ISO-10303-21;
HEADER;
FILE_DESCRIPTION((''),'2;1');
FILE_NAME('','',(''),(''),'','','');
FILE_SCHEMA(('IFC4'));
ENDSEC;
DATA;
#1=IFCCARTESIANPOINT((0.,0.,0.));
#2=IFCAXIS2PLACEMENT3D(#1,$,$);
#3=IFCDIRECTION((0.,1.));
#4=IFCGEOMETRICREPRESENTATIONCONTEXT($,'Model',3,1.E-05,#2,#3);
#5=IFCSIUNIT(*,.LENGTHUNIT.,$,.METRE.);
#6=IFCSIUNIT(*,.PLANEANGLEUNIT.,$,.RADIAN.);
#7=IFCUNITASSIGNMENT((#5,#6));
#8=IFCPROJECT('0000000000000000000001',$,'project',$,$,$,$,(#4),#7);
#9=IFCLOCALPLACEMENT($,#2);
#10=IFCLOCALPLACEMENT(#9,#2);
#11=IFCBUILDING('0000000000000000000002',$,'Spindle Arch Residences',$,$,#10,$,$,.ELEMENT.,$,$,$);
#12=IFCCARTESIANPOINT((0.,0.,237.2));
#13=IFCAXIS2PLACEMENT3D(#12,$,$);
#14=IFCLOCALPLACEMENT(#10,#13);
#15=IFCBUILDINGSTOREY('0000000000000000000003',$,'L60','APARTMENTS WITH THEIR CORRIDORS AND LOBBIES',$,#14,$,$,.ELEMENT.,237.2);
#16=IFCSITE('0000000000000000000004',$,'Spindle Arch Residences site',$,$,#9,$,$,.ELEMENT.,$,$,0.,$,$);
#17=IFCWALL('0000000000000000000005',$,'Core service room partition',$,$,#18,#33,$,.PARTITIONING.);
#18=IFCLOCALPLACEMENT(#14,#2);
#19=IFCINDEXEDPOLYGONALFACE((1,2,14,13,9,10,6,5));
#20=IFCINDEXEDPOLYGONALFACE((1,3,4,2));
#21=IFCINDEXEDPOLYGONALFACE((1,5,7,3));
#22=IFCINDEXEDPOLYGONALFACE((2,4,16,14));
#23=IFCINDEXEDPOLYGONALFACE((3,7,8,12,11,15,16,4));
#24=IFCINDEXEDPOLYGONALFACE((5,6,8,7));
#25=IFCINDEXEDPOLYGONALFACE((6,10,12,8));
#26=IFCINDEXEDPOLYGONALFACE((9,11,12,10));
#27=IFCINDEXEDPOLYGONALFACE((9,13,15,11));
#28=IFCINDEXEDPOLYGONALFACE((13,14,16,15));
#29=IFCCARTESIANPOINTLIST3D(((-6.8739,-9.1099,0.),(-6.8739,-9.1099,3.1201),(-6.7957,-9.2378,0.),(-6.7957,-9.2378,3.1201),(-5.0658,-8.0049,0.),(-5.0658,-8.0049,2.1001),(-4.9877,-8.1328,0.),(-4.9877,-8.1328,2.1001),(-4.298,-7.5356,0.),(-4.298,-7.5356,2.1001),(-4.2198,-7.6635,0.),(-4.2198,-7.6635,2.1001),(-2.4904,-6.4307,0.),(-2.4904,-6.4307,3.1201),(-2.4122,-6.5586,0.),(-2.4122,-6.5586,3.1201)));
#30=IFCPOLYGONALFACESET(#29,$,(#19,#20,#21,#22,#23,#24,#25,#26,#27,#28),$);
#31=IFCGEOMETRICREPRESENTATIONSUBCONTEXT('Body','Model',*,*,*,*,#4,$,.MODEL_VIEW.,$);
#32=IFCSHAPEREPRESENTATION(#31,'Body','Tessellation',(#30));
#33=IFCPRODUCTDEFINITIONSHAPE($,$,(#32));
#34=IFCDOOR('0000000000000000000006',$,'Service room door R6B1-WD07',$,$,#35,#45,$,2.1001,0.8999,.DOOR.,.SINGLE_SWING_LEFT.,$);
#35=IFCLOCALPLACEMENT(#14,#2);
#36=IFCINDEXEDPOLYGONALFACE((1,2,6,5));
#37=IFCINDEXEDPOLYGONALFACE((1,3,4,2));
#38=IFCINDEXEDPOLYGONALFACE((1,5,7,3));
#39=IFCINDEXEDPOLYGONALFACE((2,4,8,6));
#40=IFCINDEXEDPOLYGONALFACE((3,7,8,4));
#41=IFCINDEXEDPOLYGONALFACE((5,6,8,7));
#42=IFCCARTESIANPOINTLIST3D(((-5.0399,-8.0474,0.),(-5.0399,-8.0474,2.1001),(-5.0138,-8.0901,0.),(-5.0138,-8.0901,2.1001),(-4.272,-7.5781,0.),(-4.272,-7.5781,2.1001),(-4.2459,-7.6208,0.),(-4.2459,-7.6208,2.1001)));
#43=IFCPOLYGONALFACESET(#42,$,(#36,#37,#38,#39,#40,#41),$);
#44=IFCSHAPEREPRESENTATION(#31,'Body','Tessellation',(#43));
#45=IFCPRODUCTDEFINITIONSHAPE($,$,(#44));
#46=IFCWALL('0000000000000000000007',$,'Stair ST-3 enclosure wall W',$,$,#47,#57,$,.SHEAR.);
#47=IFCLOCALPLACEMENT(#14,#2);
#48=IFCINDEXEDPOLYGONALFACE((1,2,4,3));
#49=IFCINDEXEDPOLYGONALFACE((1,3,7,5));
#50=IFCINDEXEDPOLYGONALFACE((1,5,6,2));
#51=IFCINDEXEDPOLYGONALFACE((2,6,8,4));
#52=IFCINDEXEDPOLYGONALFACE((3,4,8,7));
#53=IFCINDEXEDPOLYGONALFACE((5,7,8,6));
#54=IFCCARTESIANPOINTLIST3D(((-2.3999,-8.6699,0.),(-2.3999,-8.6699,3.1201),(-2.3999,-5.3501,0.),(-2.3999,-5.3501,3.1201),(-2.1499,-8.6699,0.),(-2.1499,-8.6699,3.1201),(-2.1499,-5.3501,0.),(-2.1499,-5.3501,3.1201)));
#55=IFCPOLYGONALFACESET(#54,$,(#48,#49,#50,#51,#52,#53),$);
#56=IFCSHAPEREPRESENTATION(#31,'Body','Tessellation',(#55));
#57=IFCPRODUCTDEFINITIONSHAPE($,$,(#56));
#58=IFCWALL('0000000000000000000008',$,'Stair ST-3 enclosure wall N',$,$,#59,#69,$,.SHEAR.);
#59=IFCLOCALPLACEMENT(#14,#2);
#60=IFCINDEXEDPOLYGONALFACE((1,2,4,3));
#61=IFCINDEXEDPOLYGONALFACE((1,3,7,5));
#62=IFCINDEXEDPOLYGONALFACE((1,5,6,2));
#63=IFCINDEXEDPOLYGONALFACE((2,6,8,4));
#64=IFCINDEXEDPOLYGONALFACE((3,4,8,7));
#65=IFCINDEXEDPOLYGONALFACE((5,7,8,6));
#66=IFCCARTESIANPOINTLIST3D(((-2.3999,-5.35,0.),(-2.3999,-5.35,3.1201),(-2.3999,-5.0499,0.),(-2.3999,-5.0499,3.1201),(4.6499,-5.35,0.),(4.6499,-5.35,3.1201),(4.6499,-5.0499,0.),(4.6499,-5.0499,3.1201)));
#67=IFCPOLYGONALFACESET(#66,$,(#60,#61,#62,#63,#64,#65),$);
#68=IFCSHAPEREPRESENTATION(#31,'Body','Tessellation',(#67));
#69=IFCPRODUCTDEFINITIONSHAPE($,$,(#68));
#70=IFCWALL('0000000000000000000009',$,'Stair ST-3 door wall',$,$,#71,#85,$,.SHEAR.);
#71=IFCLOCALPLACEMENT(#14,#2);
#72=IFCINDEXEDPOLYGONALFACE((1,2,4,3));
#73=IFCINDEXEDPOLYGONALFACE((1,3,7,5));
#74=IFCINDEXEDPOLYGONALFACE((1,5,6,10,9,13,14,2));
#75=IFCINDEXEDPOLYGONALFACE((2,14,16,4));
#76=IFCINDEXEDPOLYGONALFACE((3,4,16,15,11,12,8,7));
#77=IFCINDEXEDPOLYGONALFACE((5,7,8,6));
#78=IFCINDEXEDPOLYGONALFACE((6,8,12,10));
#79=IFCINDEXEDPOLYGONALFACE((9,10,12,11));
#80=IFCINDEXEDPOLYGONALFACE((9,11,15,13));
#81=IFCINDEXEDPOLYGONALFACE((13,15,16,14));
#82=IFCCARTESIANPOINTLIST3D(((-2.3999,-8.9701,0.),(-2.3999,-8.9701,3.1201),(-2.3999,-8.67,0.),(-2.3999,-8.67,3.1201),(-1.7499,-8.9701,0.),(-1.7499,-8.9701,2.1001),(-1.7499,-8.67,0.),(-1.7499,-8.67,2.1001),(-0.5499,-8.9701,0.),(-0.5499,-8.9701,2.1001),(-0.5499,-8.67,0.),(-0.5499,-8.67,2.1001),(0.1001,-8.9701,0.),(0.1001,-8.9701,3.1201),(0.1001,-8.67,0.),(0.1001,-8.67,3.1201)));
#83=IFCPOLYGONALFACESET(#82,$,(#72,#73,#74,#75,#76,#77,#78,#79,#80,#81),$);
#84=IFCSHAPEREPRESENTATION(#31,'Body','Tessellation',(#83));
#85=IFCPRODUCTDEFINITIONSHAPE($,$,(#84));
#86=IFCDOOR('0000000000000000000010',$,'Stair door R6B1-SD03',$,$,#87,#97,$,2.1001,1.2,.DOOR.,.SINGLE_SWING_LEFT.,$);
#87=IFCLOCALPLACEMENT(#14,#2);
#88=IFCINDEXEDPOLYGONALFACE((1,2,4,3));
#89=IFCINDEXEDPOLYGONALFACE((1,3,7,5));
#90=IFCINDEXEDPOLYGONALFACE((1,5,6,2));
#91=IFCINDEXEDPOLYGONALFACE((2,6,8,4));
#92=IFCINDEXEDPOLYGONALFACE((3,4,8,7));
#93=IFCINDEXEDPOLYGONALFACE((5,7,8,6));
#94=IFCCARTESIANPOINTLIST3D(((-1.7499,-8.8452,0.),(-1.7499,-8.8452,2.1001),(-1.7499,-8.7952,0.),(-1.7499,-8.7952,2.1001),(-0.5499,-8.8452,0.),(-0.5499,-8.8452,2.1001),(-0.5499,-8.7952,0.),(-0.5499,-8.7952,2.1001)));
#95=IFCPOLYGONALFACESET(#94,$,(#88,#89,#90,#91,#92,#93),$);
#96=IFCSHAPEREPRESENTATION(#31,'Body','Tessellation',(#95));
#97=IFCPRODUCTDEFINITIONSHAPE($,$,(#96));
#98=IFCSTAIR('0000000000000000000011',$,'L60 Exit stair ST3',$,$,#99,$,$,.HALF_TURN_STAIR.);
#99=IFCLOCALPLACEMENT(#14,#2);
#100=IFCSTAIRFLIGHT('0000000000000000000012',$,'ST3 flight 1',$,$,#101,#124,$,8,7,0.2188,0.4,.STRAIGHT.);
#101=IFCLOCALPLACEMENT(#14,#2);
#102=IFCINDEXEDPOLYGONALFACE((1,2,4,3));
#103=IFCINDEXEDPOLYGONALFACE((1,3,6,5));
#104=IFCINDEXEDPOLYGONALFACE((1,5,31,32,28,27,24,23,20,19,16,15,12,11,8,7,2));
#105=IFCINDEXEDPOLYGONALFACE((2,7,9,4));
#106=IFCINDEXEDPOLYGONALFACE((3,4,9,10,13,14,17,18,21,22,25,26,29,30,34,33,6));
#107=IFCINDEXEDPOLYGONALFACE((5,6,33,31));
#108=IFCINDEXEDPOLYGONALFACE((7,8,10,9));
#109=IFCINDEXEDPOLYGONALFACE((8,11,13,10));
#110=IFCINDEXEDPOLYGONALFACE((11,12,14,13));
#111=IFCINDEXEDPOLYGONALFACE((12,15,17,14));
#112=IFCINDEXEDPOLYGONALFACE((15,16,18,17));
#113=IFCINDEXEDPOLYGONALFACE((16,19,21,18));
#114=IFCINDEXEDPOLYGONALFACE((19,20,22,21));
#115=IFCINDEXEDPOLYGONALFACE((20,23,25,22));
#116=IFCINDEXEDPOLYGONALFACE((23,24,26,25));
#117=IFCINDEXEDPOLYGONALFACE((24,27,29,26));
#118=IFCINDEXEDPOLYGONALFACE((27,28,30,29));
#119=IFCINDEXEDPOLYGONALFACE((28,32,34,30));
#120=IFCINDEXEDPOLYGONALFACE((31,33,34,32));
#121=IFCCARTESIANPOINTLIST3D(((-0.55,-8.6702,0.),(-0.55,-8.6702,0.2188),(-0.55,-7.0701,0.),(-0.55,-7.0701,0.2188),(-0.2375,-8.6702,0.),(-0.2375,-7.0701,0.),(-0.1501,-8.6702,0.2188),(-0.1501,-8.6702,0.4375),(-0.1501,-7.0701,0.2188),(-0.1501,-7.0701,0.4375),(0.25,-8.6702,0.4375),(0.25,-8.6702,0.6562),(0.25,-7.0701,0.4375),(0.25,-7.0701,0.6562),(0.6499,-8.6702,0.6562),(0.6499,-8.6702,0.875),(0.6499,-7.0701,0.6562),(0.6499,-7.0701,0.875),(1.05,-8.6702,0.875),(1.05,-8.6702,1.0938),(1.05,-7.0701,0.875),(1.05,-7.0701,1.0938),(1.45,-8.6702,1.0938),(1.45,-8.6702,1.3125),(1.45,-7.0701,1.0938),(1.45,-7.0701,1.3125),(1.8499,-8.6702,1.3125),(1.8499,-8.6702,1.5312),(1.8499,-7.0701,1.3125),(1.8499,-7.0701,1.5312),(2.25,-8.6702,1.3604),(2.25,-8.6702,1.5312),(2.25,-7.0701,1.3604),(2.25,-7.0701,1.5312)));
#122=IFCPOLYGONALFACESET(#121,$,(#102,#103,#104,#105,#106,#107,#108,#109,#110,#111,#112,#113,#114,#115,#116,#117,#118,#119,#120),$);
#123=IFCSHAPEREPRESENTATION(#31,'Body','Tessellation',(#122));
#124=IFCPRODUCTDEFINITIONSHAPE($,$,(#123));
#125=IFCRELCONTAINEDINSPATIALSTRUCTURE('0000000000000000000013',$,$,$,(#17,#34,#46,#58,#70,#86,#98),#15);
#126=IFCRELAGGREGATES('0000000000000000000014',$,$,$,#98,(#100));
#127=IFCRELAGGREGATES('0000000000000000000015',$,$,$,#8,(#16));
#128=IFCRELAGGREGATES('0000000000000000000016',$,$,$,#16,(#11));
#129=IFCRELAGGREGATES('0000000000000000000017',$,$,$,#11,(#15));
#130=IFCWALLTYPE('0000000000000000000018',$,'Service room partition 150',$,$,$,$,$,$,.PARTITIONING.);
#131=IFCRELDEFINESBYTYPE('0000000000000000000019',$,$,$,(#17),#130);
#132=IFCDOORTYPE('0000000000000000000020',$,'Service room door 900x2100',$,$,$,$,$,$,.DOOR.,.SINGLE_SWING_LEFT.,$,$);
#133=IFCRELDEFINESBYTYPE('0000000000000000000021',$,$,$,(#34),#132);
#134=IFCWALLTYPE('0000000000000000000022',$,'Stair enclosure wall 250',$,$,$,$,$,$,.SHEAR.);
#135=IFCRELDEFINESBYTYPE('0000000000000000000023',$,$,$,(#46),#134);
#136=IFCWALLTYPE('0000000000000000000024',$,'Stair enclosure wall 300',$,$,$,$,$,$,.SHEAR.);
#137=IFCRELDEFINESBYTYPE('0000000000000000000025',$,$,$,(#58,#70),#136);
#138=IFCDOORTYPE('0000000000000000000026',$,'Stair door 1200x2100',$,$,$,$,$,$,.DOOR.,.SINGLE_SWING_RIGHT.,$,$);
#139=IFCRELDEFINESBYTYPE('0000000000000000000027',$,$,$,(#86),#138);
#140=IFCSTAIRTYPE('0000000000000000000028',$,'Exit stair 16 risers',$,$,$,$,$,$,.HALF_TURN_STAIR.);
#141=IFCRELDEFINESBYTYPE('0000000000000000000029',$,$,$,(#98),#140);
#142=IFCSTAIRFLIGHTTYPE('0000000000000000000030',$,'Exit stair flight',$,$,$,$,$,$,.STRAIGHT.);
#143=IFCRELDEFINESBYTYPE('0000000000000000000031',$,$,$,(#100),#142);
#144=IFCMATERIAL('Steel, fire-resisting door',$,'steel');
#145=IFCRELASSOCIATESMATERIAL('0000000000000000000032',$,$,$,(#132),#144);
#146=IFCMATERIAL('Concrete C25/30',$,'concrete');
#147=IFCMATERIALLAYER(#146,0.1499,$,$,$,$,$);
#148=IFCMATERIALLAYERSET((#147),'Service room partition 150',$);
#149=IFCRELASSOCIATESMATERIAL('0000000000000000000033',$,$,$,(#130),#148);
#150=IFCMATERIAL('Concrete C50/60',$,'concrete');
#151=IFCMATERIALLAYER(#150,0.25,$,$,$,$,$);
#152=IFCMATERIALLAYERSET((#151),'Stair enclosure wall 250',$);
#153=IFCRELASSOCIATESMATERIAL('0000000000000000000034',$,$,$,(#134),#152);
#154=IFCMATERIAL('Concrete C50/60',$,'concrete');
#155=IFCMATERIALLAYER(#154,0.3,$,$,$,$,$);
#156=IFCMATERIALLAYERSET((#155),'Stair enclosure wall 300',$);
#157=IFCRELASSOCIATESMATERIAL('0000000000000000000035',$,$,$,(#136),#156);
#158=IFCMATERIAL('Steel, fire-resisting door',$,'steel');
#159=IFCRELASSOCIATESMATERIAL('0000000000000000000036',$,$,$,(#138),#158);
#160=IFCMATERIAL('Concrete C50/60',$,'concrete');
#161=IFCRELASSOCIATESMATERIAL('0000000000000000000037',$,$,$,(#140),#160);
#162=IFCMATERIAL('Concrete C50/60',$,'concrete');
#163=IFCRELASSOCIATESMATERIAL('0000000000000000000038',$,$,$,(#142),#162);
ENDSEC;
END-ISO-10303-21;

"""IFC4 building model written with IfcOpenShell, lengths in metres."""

from ifc_helpers import new_model, si_unit, direction, frame, frame_2d, origin, place, context, subcontext, project, spatial, polyline, rectangle, outline, extrude, material, layer, layer_set, type_object, element, fill, aggregate, save


model = new_model("IFC4")

# Units and contexts
model_context = context("Model", 3, precision=1e-05, world=origin(), true_north=direction((0.0, 1.0)))
body_context = subcontext(model_context, "Body", "Model", "MODEL_VIEW")
ifc_project = project(units=[si_unit("LENGTHUNIT", "METRE"), si_unit("PLANEANGLEUNIT", "RADIAN")], contexts=[model_context])

# Site, building, storey
site_placement = place(None, origin())
site = spatial("IfcSite", under=ifc_project, at=site_placement, Name="Spindle Arch Residences site", CompositionType="ELEMENT", RefElevation=0.0)
building_placement = place(site_placement, origin())
building = spatial("IfcBuilding", under=site, at=building_placement, Name="Spindle Arch Residences", CompositionType="ELEMENT")
storey_placement = place(building_placement, frame((0.0, 0.0, 237.2)))
storey = spatial("IfcBuildingStorey", under=building, at=storey_placement, Name="L60", Description="APARTMENTS WITH THEIR CORRIDORS AND LOBBIES", CompositionType="ELEMENT", Elevation=237.2)

# Shared definitions
ifc_material_1 = material(Name="Steel, fire-resisting door", Category="steel")
door_type_1 = type_object("IfcDoorType", Name="Service room door 900x2100", OperationType="SINGLE_SWING_LEFT", PredefinedType="DOOR", material=ifc_material_1)

# Wall, opening, door
ifc_material_2 = material(Name="Concrete C25/30", Category="concrete")
ifc_layer_1 = layer(ifc_material_2, 0.1499)
ifc_layer_set_1 = layer_set([ifc_layer_1], Name="Service room partition 150")
wall_type_1 = type_object("IfcWallType", Name="Service room partition 150", PredefinedType="PARTITIONING", material=ifc_layer_set_1)
wall_1_placement = place(storey_placement, frame((-2.4512, -6.4946, 0.0), z_axis=(0.0, 0.0, 1.0), x_axis=(-0.85325, -0.521502, 0.0)))
wall_1 = element("IfcWall", 1, at=wall_1_placement, inside=storey, type_object=wall_type_1, Name="Core service room partition", PredefinedType="PARTITIONING", context=body_context, shape_type="SweptSolid", body=[
    extrude(rectangle(XDim=5.1375, YDim=0.1499, at=frame_2d((2.5688, 0.0))), origin(), (0.0, 0.0, 1.0), 3.1201),
])
opening_1_placement = place(wall_1_placement, frame((2.1187, 0.0, 0.0)))
opening_1 = element("IfcOpeningElement", 2, at=opening_1_placement, cuts=wall_1, PredefinedType="OPENING", context=body_context, shape_type="SweptSolid", body=[
    extrude(rectangle(XDim=0.8999, YDim=2.1001, at=frame_2d((0.45, 1.05))), frame((0.0, 0.085, 0.0), z_axis=(0.0, -1.0, 0.0), x_axis=(1.0, 0.0, 0.0)), (0.0, 0.0, 1.0), 0.1699),
])
door_1_placement = place(opening_1_placement, origin())
door_1 = element("IfcDoor", 3, at=door_1_placement, inside=storey, type_object=door_type_1, Name="Service room door R6B1-WD07", OperationType="SINGLE_SWING_LEFT", OverallHeight=2.1001, OverallWidth=0.8999, PredefinedType="DOOR", context=body_context, shape_type="SweptSolid", body=[
    extrude(rectangle(XDim=0.8999, YDim=2.1001, at=frame_2d((0.45, 1.05))), frame((0.0, 0.0249, 0.0), z_axis=(0.0, -1.0, 0.0), x_axis=(1.0, 0.0, 0.0)), (0.0, 0.0, 1.0), 0.05),
])
fill(opening_1, door_1)

# Walls
ifc_material_3 = material(Name="Concrete C50/60", Category="concrete")
ifc_layer_2 = layer(ifc_material_3, 0.25)
ifc_layer_set_2 = layer_set([ifc_layer_2], Name="Stair enclosure wall 250")
wall_type_2 = type_object("IfcWallType", Name="Stair enclosure wall 250", PredefinedType="SHEAR", material=ifc_layer_set_2)
wall_2_placement = place(storey_placement, frame((-2.2749, -8.6699, 0.0), z_axis=(0.0, 0.0, 1.0), x_axis=(0.0, 1.0, 0.0)))
element("IfcWall", 4, at=wall_2_placement, inside=storey, type_object=wall_type_2, Name="Stair ST-3 enclosure wall W", PredefinedType="SHEAR", context=body_context, shape_type="SweptSolid", body=[
    extrude(rectangle(XDim=3.3198, YDim=0.25, at=frame_2d((1.6599, 0.0))), origin(), (0.0, 0.0, 1.0), 3.1201),
])
ifc_material_4 = material(Name="Concrete C50/60", Category="concrete")
ifc_layer_3 = layer(ifc_material_4, 0.3)
ifc_layer_set_3 = layer_set([ifc_layer_3], Name="Stair enclosure wall 300")
wall_type_3 = type_object("IfcWallType", Name="Stair enclosure wall 300", PredefinedType="SHEAR", material=ifc_layer_set_3)
wall_3_placement = place(storey_placement, frame((-2.3999, -5.2, 0.0), z_axis=(0.0, 0.0, 1.0), x_axis=(1.0, 0.0, 0.0)))
element("IfcWall", 5, at=wall_3_placement, inside=storey, type_object=wall_type_3, Name="Stair ST-3 enclosure wall N", PredefinedType="SHEAR", context=body_context, shape_type="SweptSolid", body=[
    extrude(rectangle(XDim=7.0498, YDim=0.3, at=frame_2d((3.5249, 0.0))), origin(), (0.0, 0.0, 1.0), 3.1201),
])

# Wall, opening, door
wall_4_placement = place(storey_placement, frame((-2.3999, -8.8201, 0.0), z_axis=(0.0, 0.0, 1.0), x_axis=(1.0, 0.0, 0.0)))
wall_4 = element("IfcWall", 6, at=wall_4_placement, inside=storey, type_object=wall_type_3, Name="Stair ST-3 door wall", PredefinedType="SHEAR", context=body_context, shape_type="SweptSolid", body=[
    extrude(rectangle(XDim=2.5, YDim=0.3, at=frame_2d((1.25, 0.0))), origin(), (0.0, 0.0, 1.0), 3.1201),
])
opening_2_placement = place(wall_4_placement, frame((0.6499, 0.0, 0.0)))
opening_2 = element("IfcOpeningElement", 7, at=opening_2_placement, cuts=wall_4, PredefinedType="OPENING", context=body_context, shape_type="SweptSolid", body=[
    extrude(rectangle(XDim=1.2, YDim=2.1001, at=frame_2d((0.6001, 1.05))), frame((0.0, 0.1602, 0.0), z_axis=(0.0, -1.0, 0.0), x_axis=(1.0, 0.0, 0.0)), (0.0, 0.0, 1.0), 0.3201),
])
ifc_material_5 = material(Name="Steel, fire-resisting door", Category="steel")
door_type_2 = type_object("IfcDoorType", Name="Stair door 1200x2100", OperationType="SINGLE_SWING_RIGHT", PredefinedType="DOOR", material=ifc_material_5)
door_2_placement = place(opening_2_placement, origin())
door_2 = element("IfcDoor", 8, at=door_2_placement, inside=storey, type_object=door_type_2, Name="Stair door R6B1-SD03", OperationType="SINGLE_SWING_LEFT", OverallHeight=2.1001, OverallWidth=1.2, PredefinedType="DOOR", context=body_context, shape_type="SweptSolid", body=[
    extrude(rectangle(XDim=1.2, YDim=2.1001, at=frame_2d((0.6001, 1.05))), frame((0.0, 0.0249, 0.0), z_axis=(0.0, -1.0, 0.0), x_axis=(1.0, 0.0, 0.0)), (0.0, 0.0, 1.0), 0.05),
])
fill(opening_2, door_2)

# Stair, stair flight
ifc_material_6 = material(Name="Concrete C50/60", Category="concrete")
stair_type = type_object("IfcStairType", Name="Exit stair 16 risers", PredefinedType="HALF_TURN_STAIR", material=ifc_material_6)
stair_placement = place(storey_placement, origin())
stair = element("IfcStair", 9, at=stair_placement, inside=storey, type_object=stair_type, Name="L60 Exit stair ST3", PredefinedType="HALF_TURN_STAIR")
ifc_material_7 = material(Name="Concrete C50/60", Category="concrete")
stair_flight_type = type_object("IfcStairFlightType", Name="Exit stair flight", PredefinedType="STRAIGHT", material=ifc_material_7)
stair_flight_placement = place(storey_placement, frame((-0.55, -7.8701, 0.0), z_axis=(0.0, 0.0, 1.0), x_axis=(1.0, 0.0, 0.0)))
stair_flight = element("IfcStairFlight", 10, at=stair_flight_placement, type_object=stair_flight_type, Name="ST3 flight 1", NumberOfRisers=8, NumberOfTreads=7, PredefinedType="STRAIGHT", RiserHeight=0.2188, TreadLength=0.4, context=body_context, shape_type="SweptSolid", body=[
    extrude(outline(polyline([(0.0, 0.0), (0.0, 0.2188), (0.3999, 0.2188), (0.3999, 0.4375), (0.8, 0.4375), (0.8, 0.6562), (1.2, 0.6562), (1.2, 0.875), (1.6001, 0.875), (1.6001, 1.0938), (2.0, 1.0938), (2.0, 1.3125), (2.3999, 1.3125), (2.3999, 1.5312), (2.8, 1.5312), (2.8, 1.75), (2.8, 1.3604), (0.3125, 0.0), (0.0, 0.0)])), frame((0.0, 0.8, 0.0), z_axis=(0.0, -1.0, 0.0), x_axis=(1.0, 0.0, 0.0)), (0.0, 0.0, 1.0), 1.6001),
])
aggregate(stair, [stair_flight])

save(model, "model.ifc")
